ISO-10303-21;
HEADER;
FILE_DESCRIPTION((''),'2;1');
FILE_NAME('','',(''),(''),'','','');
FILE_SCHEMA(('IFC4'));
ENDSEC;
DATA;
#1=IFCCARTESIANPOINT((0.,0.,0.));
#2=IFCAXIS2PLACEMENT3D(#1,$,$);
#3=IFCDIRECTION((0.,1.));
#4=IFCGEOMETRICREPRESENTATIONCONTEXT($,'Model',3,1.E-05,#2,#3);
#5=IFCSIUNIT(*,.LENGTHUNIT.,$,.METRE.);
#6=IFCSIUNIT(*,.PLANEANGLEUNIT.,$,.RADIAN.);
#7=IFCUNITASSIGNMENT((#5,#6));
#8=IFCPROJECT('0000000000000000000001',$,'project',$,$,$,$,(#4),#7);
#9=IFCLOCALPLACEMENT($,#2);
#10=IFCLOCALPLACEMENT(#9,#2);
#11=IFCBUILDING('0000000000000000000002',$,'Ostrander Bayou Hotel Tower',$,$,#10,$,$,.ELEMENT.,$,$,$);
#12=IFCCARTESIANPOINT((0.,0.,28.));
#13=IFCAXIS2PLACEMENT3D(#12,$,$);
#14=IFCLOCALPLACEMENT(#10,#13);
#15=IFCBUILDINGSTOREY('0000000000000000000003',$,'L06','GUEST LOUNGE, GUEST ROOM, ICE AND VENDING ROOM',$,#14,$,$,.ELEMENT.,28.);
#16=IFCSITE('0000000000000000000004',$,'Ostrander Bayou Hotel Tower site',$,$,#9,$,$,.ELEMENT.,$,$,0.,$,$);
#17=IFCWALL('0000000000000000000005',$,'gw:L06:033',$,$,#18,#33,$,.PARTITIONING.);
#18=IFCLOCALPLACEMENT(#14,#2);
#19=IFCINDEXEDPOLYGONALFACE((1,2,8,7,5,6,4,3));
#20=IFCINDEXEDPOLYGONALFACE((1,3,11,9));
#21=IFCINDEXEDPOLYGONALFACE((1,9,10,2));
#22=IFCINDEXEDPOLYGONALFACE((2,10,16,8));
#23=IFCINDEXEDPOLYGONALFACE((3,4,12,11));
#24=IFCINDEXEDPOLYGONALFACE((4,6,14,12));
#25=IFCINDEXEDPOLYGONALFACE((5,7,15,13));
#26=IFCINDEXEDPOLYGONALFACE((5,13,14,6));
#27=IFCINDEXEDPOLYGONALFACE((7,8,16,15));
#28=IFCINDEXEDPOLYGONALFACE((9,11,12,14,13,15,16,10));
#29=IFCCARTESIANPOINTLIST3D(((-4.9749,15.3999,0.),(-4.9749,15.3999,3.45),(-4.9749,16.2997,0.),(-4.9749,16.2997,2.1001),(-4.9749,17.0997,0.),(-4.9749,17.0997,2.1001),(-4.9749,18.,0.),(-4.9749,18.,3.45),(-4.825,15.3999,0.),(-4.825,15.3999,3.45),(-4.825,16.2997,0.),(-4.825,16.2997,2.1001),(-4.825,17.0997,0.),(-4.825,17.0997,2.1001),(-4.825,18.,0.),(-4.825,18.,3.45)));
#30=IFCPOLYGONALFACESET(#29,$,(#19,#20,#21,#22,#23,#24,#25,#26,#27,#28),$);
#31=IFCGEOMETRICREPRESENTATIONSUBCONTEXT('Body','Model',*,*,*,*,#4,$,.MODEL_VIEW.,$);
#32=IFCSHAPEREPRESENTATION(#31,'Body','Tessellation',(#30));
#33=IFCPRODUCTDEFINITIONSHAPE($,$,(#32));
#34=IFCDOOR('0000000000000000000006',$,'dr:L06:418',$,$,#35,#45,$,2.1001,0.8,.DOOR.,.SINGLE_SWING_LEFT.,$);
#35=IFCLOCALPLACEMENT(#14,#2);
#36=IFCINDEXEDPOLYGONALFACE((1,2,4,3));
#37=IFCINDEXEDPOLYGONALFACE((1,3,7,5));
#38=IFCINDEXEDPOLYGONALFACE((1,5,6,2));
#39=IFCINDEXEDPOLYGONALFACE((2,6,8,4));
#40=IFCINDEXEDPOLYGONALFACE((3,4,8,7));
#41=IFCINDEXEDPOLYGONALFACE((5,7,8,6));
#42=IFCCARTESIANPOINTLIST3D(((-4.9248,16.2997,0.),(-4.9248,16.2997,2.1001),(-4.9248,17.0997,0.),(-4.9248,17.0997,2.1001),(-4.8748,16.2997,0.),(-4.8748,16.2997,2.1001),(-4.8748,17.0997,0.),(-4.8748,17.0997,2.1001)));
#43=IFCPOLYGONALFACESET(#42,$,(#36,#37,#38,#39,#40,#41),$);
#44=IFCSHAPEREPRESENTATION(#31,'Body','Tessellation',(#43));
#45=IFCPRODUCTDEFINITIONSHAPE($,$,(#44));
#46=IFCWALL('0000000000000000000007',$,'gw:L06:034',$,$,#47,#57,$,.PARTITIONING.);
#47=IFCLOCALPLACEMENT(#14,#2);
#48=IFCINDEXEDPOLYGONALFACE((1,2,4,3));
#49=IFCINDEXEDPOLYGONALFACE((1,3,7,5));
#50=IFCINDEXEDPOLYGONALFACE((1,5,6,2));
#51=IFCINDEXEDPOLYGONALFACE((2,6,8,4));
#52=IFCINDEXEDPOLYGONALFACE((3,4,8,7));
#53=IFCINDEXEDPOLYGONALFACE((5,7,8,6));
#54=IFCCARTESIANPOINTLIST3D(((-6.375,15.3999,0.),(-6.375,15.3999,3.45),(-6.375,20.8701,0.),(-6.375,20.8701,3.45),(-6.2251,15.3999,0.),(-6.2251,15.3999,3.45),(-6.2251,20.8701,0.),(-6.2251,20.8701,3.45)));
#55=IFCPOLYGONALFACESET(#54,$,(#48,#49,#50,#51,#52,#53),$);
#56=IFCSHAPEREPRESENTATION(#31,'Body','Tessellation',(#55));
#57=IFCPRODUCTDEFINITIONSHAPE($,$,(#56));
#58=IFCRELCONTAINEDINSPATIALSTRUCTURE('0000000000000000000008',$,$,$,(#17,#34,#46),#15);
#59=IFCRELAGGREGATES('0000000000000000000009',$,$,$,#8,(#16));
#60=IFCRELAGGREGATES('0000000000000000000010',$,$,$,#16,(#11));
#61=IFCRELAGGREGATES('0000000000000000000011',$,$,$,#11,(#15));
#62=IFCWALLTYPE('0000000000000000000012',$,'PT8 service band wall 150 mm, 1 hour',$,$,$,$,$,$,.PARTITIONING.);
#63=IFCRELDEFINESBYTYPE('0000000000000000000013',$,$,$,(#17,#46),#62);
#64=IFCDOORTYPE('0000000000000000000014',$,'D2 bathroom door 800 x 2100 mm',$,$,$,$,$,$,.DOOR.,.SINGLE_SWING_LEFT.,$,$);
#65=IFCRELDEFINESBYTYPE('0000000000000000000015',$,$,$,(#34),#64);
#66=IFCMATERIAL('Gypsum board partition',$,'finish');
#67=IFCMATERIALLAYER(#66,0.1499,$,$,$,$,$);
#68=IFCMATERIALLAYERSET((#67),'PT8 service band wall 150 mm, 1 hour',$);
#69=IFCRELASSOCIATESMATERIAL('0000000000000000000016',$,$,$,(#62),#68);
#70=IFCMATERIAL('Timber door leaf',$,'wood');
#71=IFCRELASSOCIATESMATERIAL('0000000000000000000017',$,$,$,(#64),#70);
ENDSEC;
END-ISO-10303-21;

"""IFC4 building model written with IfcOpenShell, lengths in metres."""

from ifc_helpers import new_model, si_unit, direction, frame, frame_2d, origin, place, context, subcontext, project, spatial, rectangle, extrude, material, layer, layer_set, type_object, element, fill, save


model = new_model("IFC4")

# Units and contexts
model_context = context("Model", 3, precision=1e-05, world=origin(), true_north=direction((0.0, 1.0)))
body_context = subcontext(model_context, "Body", "Model", "MODEL_VIEW")
ifc_project = project(units=[si_unit("LENGTHUNIT", "METRE"), si_unit("PLANEANGLEUNIT", "RADIAN")], contexts=[model_context])

# Site, building, storey
site_placement = place(None, origin())
site = spatial("IfcSite", under=ifc_project, at=site_placement, Name="Ostrander Bayou Hotel Tower site", CompositionType="ELEMENT", RefElevation=0.0)
building_placement = place(site_placement, origin())
building = spatial("IfcBuilding", under=site, at=building_placement, Name="Ostrander Bayou Hotel Tower", CompositionType="ELEMENT")
storey_placement = place(building_placement, frame((0.0, 0.0, 28.0)))
storey = spatial("IfcBuildingStorey", under=building, at=storey_placement, Name="L06", Description="GUEST LOUNGE, GUEST ROOM, ICE AND VENDING ROOM", CompositionType="ELEMENT", Elevation=28.0)

# Shared definitions
ifc_material_1 = material(Name="Gypsum board partition", Category="finish")
ifc_layer_1 = layer(ifc_material_1, 0.1499)
ifc_layer_set_1 = layer_set([ifc_layer_1], Name="PT8 service band wall 150 mm, 1 hour")
wall_type_1 = type_object("IfcWallType", Name="PT8 service band wall 150 mm, 1 hour", PredefinedType="PARTITIONING", material=ifc_layer_set_1)

# Wall, opening, door
wall_1_placement = place(storey_placement, frame((-4.8999, 15.3999, 0.0), z_axis=(0.0, 0.0, 1.0), x_axis=(0.0, 1.0, 0.0)))
wall_1 = element("IfcWall", 1, at=wall_1_placement, inside=storey, type_object=wall_type_1, Name="gw:L06:033", PredefinedType="PARTITIONING", context=body_context, shape_type="SweptSolid", body=[
    extrude(rectangle(XDim=2.6001, YDim=0.1499, at=frame_2d((1.3, 0.0))), origin(), (0.0, 0.0, 1.0), 3.45),
])
opening_1_placement = place(wall_1_placement, frame((0.8999, 0.0, 0.0)))
opening_1 = element("IfcOpeningElement", 2, at=opening_1_placement, cuts=wall_1, PredefinedType="OPENING", context=body_context, shape_type="SweptSolid", body=[
    extrude(rectangle(XDim=0.8, YDim=2.1001, at=frame_2d((0.3999, 1.05))), frame((0.0, 0.075, 0.0), z_axis=(0.0, -1.0, 0.0), x_axis=(1.0, 0.0, 0.0)), (0.0, 0.0, 1.0), 0.1499),
])
ifc_material_2 = material(Name="Timber door leaf", Category="wood")
door_type_1 = type_object("IfcDoorType", Name="D2 bathroom door 800 x 2100 mm", OperationType="SINGLE_SWING_LEFT", PredefinedType="DOOR", material=ifc_material_2)
door_1_placement = place(opening_1_placement, origin())
door_1 = element("IfcDoor", 3, at=door_1_placement, inside=storey, type_object=door_type_1, Name="dr:L06:418", OperationType="SINGLE_SWING_LEFT", OverallHeight=2.1001, OverallWidth=0.8, PredefinedType="DOOR", context=body_context, shape_type="SweptSolid", body=[
    extrude(rectangle(XDim=0.8, YDim=2.1001, at=frame_2d((0.3999, 1.05))), frame((0.0, 0.0249, 0.0), z_axis=(0.0, -1.0, 0.0), x_axis=(1.0, 0.0, 0.0)), (0.0, 0.0, 1.0), 0.05),
])
fill(opening_1, door_1)

# Wall
wall_2_placement = place(storey_placement, frame((-6.3, 15.3999, 0.0), z_axis=(0.0, 0.0, 1.0), x_axis=(0.0, 1.0, 0.0)))
element("IfcWall", 4, at=wall_2_placement, inside=storey, type_object=wall_type_1, Name="gw:L06:034", PredefinedType="PARTITIONING", context=body_context, shape_type="SweptSolid", body=[
    extrude(rectangle(XDim=5.4702, YDim=0.1499, at=frame_2d((2.7351, 0.0))), origin(), (0.0, 0.0, 1.0), 3.45),
])

save(model, "model.ifc")
